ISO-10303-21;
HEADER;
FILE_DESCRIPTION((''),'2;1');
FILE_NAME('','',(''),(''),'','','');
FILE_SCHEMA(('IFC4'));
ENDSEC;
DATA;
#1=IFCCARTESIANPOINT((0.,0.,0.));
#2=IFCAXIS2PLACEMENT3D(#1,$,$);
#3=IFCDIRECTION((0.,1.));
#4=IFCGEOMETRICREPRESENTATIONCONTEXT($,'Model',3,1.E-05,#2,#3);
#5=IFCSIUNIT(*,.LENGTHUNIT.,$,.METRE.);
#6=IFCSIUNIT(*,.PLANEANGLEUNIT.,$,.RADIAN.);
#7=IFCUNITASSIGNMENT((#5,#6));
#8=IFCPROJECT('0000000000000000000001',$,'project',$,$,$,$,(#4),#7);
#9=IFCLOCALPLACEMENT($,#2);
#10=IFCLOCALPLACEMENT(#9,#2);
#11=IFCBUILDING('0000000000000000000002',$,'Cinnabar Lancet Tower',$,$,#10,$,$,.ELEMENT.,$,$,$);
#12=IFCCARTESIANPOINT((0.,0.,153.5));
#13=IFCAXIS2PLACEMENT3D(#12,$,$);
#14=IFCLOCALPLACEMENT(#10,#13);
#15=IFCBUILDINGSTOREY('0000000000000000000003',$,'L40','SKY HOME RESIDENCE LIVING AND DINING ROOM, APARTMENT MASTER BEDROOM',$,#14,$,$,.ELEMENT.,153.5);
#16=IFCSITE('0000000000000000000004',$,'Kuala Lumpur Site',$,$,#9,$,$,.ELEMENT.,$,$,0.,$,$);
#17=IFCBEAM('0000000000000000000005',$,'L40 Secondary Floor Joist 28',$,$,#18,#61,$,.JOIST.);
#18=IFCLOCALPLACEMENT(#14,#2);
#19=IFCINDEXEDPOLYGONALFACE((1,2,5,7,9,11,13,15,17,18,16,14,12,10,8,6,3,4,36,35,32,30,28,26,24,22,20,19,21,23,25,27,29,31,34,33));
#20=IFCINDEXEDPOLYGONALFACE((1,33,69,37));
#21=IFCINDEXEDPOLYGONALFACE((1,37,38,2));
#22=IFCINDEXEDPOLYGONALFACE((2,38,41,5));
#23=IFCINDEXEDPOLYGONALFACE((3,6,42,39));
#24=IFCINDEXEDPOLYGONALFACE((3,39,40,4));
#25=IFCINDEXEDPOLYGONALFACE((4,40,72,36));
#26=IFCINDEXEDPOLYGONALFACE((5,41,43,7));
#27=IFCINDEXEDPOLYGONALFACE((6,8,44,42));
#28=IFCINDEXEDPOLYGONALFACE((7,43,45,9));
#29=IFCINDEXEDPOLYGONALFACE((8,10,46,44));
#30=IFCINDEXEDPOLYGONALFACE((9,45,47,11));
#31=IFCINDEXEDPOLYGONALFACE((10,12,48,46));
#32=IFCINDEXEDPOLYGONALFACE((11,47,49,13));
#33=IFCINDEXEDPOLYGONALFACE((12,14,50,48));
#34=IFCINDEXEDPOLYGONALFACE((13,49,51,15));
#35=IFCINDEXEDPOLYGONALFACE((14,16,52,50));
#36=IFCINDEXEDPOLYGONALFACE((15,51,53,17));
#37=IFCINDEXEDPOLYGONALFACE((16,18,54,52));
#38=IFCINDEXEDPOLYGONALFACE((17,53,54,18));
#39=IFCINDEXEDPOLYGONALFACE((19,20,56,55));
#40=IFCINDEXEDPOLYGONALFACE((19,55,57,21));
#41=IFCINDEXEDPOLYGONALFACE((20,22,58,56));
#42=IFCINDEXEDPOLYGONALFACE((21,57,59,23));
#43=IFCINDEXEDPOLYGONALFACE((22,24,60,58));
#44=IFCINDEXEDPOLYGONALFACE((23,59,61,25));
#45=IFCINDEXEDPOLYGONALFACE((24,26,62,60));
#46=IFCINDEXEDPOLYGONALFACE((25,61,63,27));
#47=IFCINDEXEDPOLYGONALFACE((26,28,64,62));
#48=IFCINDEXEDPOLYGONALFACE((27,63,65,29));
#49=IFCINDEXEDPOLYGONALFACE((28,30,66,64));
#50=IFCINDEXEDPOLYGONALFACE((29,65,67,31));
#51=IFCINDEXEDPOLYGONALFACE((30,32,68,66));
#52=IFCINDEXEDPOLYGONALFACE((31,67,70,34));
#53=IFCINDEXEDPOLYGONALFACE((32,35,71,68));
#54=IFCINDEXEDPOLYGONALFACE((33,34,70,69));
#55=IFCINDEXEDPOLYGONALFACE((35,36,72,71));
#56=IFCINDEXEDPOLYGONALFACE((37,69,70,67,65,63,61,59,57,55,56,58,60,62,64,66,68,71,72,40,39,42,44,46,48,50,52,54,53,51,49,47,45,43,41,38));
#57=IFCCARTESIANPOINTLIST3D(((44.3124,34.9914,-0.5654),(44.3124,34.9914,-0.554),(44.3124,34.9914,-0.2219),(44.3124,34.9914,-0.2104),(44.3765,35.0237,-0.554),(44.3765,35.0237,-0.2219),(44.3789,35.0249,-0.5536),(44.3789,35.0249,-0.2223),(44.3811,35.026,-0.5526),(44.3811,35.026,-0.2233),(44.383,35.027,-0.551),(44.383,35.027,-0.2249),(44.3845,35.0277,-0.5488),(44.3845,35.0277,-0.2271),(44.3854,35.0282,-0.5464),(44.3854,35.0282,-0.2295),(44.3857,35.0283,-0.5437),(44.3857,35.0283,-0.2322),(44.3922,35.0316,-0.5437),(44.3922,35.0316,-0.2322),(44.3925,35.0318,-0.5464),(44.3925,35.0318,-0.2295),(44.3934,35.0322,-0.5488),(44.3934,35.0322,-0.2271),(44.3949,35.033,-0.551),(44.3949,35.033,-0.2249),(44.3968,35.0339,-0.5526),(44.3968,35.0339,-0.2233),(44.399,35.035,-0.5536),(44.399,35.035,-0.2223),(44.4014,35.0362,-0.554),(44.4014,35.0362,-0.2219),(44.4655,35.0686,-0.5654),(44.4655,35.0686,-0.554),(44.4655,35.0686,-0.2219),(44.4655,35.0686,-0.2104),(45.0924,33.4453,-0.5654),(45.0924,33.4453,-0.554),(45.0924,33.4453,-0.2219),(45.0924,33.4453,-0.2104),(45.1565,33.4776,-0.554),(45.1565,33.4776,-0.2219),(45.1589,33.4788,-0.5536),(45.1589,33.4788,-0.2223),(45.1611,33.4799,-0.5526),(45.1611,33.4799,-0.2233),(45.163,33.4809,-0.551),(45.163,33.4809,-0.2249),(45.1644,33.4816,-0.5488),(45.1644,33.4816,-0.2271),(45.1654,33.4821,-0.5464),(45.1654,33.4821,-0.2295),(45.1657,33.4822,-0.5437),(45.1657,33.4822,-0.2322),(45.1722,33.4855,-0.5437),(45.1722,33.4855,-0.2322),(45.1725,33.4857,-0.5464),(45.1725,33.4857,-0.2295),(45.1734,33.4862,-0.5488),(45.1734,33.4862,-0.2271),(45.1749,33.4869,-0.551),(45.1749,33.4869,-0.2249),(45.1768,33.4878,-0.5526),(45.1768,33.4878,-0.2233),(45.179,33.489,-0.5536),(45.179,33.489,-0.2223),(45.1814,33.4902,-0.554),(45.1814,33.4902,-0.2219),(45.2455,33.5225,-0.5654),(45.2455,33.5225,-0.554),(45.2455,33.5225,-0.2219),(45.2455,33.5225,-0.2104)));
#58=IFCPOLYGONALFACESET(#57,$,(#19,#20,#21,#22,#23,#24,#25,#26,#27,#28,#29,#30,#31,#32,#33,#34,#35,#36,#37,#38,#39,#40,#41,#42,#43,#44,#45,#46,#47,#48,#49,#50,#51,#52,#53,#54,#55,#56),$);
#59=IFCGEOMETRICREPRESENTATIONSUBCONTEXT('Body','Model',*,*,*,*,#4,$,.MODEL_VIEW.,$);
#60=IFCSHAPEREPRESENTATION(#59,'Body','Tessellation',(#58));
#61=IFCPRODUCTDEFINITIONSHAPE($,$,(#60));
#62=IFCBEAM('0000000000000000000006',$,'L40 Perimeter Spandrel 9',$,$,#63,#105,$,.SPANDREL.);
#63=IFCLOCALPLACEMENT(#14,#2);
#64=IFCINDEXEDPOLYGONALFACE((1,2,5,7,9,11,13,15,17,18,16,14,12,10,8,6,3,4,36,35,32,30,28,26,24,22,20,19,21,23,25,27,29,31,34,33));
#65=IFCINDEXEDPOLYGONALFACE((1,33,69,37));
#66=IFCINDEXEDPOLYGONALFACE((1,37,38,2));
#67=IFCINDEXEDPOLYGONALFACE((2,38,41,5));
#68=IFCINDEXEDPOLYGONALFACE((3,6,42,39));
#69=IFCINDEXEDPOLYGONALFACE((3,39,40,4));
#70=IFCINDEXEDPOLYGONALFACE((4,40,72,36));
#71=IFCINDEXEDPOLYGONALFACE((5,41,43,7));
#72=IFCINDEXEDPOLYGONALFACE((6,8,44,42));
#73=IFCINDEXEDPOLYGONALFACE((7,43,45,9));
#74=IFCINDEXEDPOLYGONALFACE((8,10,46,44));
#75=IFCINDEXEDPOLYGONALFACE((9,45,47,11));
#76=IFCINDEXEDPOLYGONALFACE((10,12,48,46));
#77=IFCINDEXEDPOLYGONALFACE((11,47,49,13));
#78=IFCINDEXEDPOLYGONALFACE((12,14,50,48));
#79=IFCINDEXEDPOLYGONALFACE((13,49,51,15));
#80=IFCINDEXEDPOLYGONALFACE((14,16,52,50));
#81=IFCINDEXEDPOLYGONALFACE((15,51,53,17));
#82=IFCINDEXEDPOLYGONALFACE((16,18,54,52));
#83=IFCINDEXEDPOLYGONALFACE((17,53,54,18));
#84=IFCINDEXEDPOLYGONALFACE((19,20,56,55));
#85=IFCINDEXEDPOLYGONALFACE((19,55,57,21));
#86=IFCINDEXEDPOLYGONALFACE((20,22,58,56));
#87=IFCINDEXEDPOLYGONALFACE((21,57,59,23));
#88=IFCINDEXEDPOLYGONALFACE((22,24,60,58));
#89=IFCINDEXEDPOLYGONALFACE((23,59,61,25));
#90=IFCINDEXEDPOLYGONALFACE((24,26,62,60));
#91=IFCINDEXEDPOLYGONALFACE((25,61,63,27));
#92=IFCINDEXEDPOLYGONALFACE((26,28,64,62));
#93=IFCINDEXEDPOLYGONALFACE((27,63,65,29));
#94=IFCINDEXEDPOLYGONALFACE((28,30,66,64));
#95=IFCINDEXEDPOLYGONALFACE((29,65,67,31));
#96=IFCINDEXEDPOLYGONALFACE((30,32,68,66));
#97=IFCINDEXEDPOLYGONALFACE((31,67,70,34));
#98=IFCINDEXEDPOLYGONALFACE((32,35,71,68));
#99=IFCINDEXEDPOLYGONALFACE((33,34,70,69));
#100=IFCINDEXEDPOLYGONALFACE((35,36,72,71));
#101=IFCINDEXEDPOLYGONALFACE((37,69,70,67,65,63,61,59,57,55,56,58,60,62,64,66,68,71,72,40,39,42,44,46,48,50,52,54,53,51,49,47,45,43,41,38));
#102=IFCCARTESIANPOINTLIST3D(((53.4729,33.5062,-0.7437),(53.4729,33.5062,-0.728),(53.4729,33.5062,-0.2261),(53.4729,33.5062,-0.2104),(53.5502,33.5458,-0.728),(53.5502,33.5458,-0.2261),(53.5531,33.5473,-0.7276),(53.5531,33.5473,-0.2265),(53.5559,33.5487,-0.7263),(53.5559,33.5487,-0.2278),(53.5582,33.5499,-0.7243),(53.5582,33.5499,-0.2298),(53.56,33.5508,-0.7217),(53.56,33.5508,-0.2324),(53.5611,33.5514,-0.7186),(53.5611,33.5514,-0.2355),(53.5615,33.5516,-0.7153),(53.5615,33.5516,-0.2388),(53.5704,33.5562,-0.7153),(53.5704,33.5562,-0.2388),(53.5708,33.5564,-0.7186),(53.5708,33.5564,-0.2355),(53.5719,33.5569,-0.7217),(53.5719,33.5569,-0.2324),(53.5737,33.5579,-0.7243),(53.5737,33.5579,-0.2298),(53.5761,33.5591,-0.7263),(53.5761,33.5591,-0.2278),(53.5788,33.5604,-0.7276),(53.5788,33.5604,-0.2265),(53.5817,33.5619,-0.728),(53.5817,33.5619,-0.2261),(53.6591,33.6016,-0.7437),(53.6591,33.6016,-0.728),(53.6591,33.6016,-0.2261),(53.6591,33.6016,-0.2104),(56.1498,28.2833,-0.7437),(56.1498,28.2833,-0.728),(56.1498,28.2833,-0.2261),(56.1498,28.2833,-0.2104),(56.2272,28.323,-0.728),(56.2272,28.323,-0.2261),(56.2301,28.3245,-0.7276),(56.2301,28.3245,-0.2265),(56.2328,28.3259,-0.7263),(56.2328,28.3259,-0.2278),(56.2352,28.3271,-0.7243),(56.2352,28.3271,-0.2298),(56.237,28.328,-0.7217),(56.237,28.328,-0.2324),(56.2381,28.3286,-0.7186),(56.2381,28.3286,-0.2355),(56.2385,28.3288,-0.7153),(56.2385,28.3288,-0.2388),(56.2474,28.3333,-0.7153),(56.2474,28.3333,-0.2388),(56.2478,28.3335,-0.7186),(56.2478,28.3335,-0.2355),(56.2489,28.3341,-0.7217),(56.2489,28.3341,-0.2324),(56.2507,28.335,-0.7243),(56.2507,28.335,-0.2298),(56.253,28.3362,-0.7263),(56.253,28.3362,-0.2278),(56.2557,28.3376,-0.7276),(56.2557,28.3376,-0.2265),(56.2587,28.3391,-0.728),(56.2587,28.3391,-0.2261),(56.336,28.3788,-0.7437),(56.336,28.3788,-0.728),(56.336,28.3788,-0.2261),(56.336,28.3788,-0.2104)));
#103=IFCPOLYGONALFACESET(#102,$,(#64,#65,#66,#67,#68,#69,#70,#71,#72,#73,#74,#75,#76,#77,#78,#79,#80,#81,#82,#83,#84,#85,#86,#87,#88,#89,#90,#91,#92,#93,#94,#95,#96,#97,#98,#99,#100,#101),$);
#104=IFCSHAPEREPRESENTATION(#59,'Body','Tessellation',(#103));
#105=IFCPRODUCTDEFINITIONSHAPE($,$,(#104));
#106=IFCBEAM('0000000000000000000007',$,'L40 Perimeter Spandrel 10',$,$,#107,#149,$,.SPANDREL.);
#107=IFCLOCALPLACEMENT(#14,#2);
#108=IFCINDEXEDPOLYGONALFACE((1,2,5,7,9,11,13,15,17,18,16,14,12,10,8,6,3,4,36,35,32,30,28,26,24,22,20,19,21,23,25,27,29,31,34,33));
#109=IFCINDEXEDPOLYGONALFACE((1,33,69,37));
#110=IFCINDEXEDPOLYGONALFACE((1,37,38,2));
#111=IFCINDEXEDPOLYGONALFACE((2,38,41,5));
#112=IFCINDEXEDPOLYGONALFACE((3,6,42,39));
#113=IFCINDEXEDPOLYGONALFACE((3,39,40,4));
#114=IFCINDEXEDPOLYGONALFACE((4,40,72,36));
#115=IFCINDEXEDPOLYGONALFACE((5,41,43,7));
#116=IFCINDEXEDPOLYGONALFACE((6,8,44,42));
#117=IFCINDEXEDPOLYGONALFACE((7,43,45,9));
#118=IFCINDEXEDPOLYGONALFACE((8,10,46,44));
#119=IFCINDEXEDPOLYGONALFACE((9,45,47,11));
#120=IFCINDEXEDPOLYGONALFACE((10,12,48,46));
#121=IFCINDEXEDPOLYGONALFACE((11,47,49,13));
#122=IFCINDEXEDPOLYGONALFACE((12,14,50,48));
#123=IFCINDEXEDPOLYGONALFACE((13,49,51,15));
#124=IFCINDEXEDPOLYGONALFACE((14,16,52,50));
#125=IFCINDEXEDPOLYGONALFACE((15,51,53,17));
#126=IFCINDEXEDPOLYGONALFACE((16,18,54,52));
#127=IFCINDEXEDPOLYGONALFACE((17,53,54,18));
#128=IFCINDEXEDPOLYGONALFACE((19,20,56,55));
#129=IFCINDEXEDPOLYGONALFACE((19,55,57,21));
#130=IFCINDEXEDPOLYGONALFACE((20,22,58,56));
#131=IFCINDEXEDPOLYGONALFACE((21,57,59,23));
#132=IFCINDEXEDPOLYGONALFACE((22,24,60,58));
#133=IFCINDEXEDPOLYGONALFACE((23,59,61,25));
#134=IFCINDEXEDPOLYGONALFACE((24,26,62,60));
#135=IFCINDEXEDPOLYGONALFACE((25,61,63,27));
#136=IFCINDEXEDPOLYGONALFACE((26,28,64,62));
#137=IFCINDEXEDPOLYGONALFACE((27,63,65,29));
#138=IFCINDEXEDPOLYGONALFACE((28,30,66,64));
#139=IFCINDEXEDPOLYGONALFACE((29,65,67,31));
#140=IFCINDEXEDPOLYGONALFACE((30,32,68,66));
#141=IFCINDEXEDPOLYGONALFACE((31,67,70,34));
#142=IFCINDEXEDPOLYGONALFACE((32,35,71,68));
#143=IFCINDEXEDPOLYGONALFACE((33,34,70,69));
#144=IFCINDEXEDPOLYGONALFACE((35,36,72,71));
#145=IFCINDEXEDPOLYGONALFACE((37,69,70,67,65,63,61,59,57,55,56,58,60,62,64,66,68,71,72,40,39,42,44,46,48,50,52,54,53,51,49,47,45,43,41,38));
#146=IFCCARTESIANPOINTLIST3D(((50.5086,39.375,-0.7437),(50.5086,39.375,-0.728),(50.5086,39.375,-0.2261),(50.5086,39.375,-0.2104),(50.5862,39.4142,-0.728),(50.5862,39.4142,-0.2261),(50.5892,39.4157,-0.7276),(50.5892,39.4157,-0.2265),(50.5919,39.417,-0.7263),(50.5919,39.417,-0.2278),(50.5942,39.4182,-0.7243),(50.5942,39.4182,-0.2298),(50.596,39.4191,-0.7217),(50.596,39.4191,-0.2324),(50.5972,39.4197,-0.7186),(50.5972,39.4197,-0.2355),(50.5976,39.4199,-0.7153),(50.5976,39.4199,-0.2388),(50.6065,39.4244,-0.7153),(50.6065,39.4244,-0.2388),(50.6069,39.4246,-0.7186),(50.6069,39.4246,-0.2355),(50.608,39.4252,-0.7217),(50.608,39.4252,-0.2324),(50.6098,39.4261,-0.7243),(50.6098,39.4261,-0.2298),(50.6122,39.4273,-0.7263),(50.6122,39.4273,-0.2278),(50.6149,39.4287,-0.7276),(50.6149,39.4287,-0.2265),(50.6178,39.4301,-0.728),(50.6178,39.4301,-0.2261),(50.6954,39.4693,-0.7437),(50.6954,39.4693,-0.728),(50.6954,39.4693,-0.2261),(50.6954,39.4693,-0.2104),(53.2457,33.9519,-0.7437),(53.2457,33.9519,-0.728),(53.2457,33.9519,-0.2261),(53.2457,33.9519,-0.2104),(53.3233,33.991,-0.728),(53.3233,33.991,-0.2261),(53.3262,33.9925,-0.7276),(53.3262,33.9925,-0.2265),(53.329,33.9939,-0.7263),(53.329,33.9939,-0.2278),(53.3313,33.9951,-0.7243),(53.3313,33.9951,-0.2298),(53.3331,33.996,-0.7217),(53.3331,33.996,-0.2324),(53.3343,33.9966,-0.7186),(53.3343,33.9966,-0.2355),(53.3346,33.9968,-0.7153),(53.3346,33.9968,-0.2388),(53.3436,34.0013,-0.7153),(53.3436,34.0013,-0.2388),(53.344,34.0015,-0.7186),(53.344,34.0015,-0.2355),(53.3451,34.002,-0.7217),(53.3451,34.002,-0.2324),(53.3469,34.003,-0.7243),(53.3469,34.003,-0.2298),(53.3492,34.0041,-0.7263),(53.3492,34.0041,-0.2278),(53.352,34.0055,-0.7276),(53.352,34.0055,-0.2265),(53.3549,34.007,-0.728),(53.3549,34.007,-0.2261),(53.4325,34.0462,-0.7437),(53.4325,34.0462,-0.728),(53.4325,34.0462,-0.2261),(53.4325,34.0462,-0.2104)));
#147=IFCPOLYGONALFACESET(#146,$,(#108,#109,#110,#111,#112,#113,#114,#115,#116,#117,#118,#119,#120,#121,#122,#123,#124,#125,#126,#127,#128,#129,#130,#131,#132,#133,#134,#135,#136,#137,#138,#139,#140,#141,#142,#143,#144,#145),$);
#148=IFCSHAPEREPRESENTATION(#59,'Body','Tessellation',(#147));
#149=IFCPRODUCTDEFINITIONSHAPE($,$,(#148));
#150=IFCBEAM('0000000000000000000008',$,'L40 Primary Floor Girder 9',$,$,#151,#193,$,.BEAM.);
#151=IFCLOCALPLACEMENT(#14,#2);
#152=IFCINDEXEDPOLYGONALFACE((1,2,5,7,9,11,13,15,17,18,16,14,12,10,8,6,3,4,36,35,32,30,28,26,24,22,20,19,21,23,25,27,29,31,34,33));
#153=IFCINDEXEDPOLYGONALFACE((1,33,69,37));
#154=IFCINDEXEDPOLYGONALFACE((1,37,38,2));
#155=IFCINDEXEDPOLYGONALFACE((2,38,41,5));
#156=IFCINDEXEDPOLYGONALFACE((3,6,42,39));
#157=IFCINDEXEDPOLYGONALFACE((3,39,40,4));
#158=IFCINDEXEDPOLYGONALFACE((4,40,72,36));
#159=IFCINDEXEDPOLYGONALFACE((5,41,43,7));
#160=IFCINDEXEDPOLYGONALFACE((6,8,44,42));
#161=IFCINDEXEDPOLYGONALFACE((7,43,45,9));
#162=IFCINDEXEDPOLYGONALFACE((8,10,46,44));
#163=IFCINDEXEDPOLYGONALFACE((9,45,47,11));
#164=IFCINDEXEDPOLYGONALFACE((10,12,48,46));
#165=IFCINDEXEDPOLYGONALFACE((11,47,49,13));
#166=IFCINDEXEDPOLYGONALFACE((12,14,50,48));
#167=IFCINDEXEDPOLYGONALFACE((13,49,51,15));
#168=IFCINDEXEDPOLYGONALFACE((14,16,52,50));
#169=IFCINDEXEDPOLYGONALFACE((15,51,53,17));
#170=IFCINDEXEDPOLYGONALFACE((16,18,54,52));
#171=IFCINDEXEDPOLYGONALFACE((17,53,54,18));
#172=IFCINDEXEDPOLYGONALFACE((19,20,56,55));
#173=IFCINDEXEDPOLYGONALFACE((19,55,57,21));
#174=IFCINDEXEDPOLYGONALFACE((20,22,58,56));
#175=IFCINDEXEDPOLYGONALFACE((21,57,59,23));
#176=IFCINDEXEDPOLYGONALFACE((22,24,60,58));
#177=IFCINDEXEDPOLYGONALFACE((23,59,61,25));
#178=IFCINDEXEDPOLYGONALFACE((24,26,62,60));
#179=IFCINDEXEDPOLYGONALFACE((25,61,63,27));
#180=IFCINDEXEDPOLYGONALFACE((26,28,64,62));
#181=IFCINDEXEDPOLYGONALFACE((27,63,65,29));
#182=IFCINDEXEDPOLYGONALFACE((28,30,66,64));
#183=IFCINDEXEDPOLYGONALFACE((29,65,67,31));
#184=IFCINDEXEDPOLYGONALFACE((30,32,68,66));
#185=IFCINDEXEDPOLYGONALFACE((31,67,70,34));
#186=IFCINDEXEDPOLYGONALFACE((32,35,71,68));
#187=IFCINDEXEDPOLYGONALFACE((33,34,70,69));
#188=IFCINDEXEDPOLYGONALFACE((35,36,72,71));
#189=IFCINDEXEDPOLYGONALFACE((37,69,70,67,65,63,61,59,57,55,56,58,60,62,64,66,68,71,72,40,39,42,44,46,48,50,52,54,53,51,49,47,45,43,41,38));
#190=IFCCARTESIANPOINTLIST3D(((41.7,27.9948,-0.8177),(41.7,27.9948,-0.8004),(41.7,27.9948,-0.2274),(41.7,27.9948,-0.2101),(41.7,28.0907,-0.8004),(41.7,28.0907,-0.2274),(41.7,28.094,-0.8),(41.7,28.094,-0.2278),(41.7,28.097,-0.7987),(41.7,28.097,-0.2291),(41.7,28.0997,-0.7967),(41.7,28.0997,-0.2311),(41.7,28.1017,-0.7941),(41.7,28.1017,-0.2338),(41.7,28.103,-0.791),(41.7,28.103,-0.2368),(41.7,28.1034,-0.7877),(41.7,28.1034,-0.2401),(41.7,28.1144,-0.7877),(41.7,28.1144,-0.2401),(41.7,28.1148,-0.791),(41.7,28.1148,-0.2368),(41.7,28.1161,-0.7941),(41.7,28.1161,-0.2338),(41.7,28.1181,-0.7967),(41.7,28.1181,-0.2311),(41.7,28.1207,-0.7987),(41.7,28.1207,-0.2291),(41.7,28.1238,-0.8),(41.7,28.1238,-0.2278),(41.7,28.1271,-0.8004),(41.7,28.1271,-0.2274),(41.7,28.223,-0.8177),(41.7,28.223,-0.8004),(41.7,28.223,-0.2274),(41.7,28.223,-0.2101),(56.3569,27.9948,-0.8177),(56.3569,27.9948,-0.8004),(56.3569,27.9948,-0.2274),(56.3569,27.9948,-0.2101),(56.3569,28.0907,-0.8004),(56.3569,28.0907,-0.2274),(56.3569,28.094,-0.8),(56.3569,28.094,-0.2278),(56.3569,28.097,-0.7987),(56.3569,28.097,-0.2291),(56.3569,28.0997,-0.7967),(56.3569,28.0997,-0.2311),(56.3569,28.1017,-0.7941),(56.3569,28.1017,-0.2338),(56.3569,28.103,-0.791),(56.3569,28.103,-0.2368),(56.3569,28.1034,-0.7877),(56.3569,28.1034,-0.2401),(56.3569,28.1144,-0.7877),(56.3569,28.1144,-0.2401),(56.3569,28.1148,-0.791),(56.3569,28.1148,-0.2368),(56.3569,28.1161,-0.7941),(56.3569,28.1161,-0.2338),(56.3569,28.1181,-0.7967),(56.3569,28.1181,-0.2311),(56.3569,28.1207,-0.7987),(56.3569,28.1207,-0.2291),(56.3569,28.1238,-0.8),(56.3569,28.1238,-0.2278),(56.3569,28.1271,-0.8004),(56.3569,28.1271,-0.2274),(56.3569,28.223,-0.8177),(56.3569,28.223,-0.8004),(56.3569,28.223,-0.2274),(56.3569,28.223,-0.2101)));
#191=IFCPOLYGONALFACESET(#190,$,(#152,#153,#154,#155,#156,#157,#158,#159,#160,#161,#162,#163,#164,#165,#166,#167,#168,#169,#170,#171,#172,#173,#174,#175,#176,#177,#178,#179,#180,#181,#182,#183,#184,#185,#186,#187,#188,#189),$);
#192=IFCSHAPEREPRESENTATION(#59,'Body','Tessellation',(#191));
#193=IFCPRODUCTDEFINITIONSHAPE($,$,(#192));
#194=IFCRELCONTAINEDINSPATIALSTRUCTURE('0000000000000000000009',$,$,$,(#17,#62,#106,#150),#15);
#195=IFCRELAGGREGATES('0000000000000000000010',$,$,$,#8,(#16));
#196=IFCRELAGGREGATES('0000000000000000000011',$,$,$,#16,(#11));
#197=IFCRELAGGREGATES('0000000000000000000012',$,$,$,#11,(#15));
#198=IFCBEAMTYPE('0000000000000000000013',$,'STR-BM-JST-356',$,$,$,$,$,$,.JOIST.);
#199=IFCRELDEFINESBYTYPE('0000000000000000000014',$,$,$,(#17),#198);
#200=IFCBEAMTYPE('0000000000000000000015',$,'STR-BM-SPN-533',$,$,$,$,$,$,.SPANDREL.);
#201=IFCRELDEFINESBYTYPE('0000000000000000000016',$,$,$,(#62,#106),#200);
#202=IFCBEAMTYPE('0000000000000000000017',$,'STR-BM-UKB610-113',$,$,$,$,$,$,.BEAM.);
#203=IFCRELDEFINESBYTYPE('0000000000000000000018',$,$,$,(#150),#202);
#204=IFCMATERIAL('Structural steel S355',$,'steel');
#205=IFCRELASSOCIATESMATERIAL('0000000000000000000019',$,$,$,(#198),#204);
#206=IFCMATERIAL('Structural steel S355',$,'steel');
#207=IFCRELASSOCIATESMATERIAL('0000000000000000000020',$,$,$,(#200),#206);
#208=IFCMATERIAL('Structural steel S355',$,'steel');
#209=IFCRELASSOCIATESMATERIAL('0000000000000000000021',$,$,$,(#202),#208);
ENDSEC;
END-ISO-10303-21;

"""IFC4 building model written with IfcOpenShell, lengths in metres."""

from ifc_helpers import new_model, si_unit, direction, frame, origin, origin_2d, place, context, subcontext, project, spatial, i_section, extrude, material, material_profile, profile_set, type_object, element, save


model = new_model("IFC4")

# Units and contexts
model_context = context("Model", 3, precision=1e-05, world=origin(), true_north=direction((0.0, 1.0)))
body_context = subcontext(model_context, "Body", "Model", "MODEL_VIEW")
ifc_project = project(units=[si_unit("LENGTHUNIT", "METRE"), si_unit("PLANEANGLEUNIT", "RADIAN")], contexts=[model_context])

# Site, building, storey
site_placement = place(None, origin())
site = spatial("IfcSite", under=ifc_project, at=site_placement, Name="Kuala Lumpur Site", CompositionType="ELEMENT", RefElevation=0.0)
building_placement = place(site_placement, origin())
building = spatial("IfcBuilding", under=site, at=building_placement, Name="Cinnabar Lancet Tower", CompositionType="ELEMENT")
storey_placement = place(building_placement, frame((0.0, 0.0, 153.5)))
storey = spatial("IfcBuildingStorey", under=building, at=storey_placement, Name="L40", Description="SKY HOME RESIDENCE LIVING AND DINING ROOM, APARTMENT MASTER BEDROOM", CompositionType="ELEMENT", Elevation=153.5)

# Beams
ifc_material_1 = material(Name="Structural steel S355", Category="steel")
ifc_material_profile_1 = material_profile(ifc_material_1, i_section(OverallWidth=0.1714, OverallDepth=0.355, WebThickness=0.0073, FlangeThickness=0.0115, FilletRadius=0.0103, at=origin_2d()), Name="UKB 356x171x51")
ifc_profile_set_1 = profile_set([ifc_material_profile_1], Name="Structural steel S355")
beam_type_1 = type_object("IfcBeamType", Name="STR-BM-JST-356", PredefinedType="JOIST", material=ifc_profile_set_1)
beam_1_placement = place(storey_placement, frame((45.1689, 33.4839, -0.3879), z_axis=(-0.450425, 0.892814, 0.0), x_axis=(-0.892814, -0.450425, 0.0)))
element("IfcBeam", 1, at=beam_1_placement, inside=storey, type_object=beam_type_1, Name="L40 Secondary Floor Joist 28", PredefinedType="JOIST", context=body_context, shape_type="SweptSolid", body=[
    extrude(i_section(OverallWidth=0.1714, OverallDepth=0.355, WebThickness=0.0073, FlangeThickness=0.0115, FilletRadius=0.0103, at=origin_2d()), origin(), (0.0, 0.0, 1.0), 1.7317),
])
ifc_material_2 = material(Name="Structural steel S355", Category="steel")
ifc_material_profile_2 = material_profile(ifc_material_2, i_section(OverallWidth=0.2092, OverallDepth=0.5332, WebThickness=0.01, FlangeThickness=0.0156, FilletRadius=0.0127, at=origin_2d()), Name="UKB 533x210x92")
ifc_profile_set_2 = profile_set([ifc_material_profile_2], Name="Structural steel S355")
beam_type_2 = type_object("IfcBeamType", Name="STR-BM-SPN-533", PredefinedType="SPANDREL", material=ifc_profile_set_2)
beam_2_placement = place(storey_placement, frame((56.2429, 28.3311, -0.4771), z_axis=(-0.456127, 0.889915, 0.0), x_axis=(-0.889915, -0.456127, 0.0)))
element("IfcBeam", 2, at=beam_2_placement, inside=storey, type_object=beam_type_2, Name="L40 Perimeter Spandrel 9", PredefinedType="SPANDREL", context=body_context, shape_type="SweptSolid", body=[
    extrude(i_section(OverallWidth=0.2092, OverallDepth=0.5332, WebThickness=0.01, FlangeThickness=0.0156, FilletRadius=0.0127, at=origin_2d()), origin(), (0.0, 0.0, 1.0), 5.8689),
])
beam_3_placement = place(storey_placement, frame((53.3391, 33.999, -0.4771), z_axis=(-0.45057, 0.892741, 0.0), x_axis=(-0.892741, -0.45057, 0.0)))
element("IfcBeam", 3, at=beam_3_placement, inside=storey, type_object=beam_type_2, Name="L40 Perimeter Spandrel 10", PredefinedType="SPANDREL", context=body_context, shape_type="SweptSolid", body=[
    extrude(i_section(OverallWidth=0.2092, OverallDepth=0.5332, WebThickness=0.01, FlangeThickness=0.0156, FilletRadius=0.0127, at=origin_2d()), origin(), (0.0, 0.0, 1.0), 6.0747),
])
ifc_material_3 = material(Name="Structural steel S355", Category="steel")
ifc_material_profile_3 = material_profile(ifc_material_3, i_section(OverallWidth=0.2283, OverallDepth=0.6077, WebThickness=0.011, FlangeThickness=0.0173, FilletRadius=0.0127, at=origin_2d()), Name="UKB 610x229x113")
ifc_profile_set_3 = profile_set([ifc_material_profile_3], Name="Structural steel S355")
beam_type_3 = type_object("IfcBeamType", Name="STR-BM-UKB610-113", PredefinedType="BEAM", material=ifc_profile_set_3)
beam_4_placement = place(storey_placement, frame((56.3569, 28.1089, -0.5139), z_axis=(-1.0, 0.0, 0.0), x_axis=(0.0, -1.0, 0.0)))
element("IfcBeam", 4, at=beam_4_placement, inside=storey, type_object=beam_type_3, Name="L40 Primary Floor Girder 9", PredefinedType="BEAM", context=body_context, shape_type="SweptSolid", body=[
    extrude(i_section(OverallWidth=0.2283, OverallDepth=0.6077, WebThickness=0.011, FlangeThickness=0.0173, FilletRadius=0.0127, at=origin_2d()), origin(), (0.0, 0.0, 1.0), 14.657),
])

save(model, "model.ifc")
